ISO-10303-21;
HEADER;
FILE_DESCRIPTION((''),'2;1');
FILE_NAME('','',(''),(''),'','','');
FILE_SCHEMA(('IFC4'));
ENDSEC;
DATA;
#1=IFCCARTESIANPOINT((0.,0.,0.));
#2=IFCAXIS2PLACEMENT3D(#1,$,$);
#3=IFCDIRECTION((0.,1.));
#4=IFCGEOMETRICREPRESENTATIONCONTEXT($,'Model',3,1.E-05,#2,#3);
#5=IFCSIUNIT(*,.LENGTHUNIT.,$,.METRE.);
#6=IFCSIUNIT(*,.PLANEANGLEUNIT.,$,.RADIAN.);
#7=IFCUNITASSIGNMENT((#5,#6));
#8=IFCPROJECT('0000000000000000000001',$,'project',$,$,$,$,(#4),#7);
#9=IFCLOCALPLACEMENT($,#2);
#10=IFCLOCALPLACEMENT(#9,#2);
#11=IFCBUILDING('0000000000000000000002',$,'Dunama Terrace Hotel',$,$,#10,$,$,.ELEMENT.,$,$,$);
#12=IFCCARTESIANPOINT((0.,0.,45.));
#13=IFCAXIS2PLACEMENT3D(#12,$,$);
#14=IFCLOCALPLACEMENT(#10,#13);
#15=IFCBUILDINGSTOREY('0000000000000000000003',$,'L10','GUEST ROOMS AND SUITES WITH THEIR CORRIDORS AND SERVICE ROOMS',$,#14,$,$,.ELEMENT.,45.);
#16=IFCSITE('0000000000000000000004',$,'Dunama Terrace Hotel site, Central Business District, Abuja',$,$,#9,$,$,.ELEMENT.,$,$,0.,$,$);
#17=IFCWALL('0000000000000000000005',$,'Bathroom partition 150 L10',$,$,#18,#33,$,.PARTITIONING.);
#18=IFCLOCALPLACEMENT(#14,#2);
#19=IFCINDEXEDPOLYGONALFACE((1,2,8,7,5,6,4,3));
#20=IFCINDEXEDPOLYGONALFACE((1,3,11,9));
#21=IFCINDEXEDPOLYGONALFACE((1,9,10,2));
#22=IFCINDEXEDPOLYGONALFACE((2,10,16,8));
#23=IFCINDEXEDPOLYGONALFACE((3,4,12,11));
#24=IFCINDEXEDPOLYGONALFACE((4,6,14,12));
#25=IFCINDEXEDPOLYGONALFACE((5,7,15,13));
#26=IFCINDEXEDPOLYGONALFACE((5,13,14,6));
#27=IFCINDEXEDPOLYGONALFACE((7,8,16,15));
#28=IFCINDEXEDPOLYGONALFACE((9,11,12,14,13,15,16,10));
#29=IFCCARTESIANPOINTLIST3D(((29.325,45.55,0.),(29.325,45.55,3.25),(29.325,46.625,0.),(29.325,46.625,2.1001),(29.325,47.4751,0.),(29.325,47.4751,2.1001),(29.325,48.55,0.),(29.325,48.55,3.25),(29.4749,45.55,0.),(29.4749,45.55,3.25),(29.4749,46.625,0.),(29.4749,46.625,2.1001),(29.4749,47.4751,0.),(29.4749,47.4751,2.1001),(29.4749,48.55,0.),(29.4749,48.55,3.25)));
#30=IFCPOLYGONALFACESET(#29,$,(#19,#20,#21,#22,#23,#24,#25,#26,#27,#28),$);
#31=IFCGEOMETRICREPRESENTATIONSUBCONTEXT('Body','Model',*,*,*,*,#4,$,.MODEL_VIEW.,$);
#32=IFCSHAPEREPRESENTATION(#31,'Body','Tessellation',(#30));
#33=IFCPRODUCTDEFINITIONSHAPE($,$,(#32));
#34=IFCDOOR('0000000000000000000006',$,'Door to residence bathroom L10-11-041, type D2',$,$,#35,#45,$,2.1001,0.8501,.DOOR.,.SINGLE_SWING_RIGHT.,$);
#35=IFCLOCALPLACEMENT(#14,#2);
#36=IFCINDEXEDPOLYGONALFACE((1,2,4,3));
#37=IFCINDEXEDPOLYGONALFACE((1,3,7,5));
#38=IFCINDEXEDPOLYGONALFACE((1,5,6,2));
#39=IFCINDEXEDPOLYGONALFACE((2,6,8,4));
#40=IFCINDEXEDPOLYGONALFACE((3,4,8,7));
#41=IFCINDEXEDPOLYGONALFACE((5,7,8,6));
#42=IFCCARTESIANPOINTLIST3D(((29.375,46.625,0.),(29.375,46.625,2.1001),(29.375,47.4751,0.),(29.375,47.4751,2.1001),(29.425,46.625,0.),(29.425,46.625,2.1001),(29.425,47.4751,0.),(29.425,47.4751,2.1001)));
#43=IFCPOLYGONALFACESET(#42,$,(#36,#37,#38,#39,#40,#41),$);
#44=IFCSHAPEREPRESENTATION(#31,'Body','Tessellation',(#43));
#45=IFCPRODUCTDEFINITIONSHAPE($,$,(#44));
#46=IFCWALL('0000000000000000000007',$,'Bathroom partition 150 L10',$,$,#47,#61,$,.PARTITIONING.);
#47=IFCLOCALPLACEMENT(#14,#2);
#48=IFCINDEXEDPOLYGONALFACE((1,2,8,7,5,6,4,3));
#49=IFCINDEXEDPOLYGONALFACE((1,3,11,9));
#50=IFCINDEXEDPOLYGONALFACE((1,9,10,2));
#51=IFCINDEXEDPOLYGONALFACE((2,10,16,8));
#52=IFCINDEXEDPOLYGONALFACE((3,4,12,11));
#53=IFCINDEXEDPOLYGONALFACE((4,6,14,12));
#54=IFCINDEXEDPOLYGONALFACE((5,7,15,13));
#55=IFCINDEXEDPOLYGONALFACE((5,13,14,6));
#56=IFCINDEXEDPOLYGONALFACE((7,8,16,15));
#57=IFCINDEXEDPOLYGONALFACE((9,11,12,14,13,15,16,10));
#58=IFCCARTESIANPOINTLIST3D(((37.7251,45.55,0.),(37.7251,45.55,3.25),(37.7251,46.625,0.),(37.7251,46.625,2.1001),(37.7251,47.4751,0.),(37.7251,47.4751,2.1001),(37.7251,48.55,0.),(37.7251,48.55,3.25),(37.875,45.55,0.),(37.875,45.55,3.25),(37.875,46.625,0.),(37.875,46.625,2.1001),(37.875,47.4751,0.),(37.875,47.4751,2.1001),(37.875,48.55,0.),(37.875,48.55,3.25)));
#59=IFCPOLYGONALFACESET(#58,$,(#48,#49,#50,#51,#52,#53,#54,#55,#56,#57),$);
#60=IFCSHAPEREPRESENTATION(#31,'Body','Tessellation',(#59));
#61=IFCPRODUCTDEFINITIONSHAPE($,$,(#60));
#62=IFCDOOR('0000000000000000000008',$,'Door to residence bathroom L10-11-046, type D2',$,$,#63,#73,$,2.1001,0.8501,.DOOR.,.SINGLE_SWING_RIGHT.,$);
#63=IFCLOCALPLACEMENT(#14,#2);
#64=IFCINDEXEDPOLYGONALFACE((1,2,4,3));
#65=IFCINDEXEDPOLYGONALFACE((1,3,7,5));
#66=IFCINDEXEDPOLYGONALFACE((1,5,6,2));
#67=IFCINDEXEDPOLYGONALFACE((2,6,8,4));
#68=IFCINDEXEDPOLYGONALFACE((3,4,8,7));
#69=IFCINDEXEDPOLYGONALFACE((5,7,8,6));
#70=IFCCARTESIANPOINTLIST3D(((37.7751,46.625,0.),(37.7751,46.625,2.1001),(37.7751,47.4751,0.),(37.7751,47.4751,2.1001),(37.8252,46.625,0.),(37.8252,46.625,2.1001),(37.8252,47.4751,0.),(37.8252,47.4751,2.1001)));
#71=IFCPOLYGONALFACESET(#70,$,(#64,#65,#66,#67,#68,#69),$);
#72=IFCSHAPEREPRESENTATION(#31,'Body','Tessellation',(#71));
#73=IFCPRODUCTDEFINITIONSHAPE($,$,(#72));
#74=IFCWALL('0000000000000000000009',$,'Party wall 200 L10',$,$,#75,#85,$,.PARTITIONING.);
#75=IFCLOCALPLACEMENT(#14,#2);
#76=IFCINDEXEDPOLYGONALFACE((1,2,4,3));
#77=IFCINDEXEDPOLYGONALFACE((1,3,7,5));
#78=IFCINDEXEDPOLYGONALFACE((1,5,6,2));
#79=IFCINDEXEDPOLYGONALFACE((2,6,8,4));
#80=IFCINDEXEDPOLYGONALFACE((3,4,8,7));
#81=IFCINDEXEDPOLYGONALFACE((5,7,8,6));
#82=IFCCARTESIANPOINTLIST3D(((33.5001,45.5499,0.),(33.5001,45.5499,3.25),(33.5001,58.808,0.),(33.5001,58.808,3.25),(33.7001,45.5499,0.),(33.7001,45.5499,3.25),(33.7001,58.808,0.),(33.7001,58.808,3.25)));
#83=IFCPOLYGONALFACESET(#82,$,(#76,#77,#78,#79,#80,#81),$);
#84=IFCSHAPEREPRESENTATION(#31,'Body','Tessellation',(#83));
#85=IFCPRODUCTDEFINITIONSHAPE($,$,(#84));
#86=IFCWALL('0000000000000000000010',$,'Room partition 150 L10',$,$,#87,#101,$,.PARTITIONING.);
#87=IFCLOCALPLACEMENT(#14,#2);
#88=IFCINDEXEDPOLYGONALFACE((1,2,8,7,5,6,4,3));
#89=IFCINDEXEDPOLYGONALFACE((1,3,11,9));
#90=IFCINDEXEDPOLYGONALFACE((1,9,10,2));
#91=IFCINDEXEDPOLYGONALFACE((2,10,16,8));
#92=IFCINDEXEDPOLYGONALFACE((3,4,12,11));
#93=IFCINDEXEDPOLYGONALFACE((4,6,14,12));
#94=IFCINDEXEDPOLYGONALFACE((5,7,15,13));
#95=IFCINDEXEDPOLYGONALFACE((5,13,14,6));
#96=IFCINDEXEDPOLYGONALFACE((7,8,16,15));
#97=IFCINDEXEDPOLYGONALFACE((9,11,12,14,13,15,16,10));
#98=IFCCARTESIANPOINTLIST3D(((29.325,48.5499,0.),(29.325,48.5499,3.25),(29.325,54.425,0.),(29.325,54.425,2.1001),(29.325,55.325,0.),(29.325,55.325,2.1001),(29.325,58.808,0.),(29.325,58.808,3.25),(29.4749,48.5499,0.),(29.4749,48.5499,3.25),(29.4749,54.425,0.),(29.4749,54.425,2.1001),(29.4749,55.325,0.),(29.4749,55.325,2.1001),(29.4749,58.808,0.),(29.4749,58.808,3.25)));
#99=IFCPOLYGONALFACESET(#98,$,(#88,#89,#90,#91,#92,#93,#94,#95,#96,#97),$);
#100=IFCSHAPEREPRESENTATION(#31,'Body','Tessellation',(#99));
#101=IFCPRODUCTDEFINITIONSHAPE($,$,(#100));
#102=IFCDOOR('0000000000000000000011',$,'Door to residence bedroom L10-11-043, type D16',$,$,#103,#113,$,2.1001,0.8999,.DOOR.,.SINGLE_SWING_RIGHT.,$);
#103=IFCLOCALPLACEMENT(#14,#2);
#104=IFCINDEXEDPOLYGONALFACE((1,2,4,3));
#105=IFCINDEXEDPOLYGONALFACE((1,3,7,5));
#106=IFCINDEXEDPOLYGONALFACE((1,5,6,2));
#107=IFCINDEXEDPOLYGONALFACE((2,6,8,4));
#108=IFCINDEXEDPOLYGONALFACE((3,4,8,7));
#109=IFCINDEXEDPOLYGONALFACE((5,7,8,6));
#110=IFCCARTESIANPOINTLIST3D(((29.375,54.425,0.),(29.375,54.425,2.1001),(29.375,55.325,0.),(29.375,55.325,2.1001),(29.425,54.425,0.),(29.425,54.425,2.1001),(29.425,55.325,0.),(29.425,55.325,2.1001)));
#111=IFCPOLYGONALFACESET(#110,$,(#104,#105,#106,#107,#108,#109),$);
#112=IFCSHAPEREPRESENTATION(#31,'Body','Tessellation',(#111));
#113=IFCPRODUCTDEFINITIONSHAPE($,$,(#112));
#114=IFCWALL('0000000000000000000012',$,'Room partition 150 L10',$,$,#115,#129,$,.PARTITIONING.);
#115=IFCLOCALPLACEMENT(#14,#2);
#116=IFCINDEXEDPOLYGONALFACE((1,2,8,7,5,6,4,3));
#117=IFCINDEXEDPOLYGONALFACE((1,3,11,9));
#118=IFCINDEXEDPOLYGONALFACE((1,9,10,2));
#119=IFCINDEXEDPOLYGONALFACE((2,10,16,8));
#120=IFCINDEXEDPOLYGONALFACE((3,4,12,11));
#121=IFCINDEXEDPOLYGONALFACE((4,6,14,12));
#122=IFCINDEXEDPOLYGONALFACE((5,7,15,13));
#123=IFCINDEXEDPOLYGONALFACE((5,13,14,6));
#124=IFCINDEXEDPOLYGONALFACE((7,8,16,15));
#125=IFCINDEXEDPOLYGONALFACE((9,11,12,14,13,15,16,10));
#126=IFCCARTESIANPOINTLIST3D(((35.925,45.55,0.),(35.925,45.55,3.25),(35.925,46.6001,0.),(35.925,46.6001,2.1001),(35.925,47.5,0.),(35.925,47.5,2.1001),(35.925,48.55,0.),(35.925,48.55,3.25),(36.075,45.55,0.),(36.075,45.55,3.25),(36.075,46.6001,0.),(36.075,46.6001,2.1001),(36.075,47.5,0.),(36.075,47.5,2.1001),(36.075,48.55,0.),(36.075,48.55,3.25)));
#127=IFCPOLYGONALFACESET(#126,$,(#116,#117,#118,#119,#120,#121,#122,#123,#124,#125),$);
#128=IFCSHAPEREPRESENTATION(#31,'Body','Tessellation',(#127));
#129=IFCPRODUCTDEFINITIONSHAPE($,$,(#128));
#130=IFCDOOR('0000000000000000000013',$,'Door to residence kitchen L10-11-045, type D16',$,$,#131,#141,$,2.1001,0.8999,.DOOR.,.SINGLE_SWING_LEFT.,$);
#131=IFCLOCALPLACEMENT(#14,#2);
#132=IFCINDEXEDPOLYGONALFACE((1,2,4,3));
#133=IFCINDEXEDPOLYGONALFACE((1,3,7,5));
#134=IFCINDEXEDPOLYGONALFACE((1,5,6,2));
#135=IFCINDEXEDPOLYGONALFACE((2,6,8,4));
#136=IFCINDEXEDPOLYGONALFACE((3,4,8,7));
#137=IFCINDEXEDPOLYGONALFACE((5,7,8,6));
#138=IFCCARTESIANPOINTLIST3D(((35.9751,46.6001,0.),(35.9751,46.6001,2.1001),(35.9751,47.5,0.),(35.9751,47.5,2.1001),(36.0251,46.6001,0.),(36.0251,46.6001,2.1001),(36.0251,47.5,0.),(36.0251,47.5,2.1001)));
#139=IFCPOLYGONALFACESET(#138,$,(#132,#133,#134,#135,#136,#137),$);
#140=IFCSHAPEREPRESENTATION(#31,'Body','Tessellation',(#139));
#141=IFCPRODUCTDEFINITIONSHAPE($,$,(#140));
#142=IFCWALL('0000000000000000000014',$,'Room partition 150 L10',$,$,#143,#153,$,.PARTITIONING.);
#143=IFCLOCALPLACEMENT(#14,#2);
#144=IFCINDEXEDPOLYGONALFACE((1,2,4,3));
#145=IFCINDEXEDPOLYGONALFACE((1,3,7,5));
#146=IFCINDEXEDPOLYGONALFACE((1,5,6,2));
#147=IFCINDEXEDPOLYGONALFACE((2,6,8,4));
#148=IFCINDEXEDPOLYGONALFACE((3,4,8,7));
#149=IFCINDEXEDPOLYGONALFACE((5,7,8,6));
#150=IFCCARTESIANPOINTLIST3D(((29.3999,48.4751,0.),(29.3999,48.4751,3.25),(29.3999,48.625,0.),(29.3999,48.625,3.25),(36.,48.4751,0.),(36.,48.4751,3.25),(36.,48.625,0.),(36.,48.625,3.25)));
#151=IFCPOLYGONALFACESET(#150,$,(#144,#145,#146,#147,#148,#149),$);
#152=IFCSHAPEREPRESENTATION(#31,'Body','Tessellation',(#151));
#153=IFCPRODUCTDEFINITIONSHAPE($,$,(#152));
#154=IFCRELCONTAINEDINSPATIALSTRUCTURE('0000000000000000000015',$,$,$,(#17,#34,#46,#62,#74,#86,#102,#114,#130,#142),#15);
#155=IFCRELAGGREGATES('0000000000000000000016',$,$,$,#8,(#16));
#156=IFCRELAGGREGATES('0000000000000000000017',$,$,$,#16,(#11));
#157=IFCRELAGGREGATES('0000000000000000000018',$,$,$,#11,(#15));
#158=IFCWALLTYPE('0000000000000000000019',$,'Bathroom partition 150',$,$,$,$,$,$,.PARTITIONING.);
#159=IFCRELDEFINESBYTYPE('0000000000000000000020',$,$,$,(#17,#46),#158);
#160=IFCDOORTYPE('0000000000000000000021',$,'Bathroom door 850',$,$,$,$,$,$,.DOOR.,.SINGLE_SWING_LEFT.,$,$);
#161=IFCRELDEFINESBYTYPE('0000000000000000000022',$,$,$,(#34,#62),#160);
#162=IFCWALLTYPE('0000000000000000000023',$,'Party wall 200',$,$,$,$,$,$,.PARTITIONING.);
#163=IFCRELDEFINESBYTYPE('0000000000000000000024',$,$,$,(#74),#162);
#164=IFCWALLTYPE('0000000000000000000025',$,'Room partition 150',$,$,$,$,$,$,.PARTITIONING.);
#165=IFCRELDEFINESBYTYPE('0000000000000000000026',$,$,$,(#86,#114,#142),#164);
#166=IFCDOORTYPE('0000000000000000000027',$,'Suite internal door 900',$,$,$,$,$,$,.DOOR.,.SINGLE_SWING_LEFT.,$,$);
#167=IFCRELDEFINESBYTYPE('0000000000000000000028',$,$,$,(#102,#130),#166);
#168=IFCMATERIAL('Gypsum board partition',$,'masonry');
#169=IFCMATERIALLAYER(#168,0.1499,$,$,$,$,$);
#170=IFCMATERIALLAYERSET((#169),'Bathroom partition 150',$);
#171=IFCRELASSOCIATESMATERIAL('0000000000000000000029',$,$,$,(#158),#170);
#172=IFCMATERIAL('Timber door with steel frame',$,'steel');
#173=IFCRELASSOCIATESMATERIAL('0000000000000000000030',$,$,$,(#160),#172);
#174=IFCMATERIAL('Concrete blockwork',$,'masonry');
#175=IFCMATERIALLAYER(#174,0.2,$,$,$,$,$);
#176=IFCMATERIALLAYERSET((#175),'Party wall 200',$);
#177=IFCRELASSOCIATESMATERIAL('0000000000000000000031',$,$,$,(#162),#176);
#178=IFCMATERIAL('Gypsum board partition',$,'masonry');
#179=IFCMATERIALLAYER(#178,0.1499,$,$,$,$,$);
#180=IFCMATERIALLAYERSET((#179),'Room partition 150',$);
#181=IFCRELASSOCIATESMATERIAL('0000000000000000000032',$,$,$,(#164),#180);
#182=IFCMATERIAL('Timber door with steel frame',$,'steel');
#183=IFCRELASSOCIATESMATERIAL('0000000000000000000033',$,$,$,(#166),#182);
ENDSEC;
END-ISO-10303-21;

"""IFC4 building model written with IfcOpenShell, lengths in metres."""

from ifc_helpers import new_model, si_unit, direction, frame, frame_2d, origin, place, context, subcontext, project, spatial, rectangle, extrude, material, layer, layer_set, type_object, element, fill, save


model = new_model("IFC4")

# Units and contexts
model_context = context("Model", 3, precision=1e-05, world=origin(), true_north=direction((0.0, 1.0)))
body_context = subcontext(model_context, "Body", "Model", "MODEL_VIEW")
ifc_project = project(units=[si_unit("LENGTHUNIT", "METRE"), si_unit("PLANEANGLEUNIT", "RADIAN")], contexts=[model_context])

# Site, building, storey
site_placement = place(None, origin())
site = spatial("IfcSite", under=ifc_project, at=site_placement, Name="Dunama Terrace Hotel site, Central Business District, Abuja", CompositionType="ELEMENT", RefElevation=0.0)
building_placement = place(site_placement, origin())
building = spatial("IfcBuilding", under=site, at=building_placement, Name="Dunama Terrace Hotel", CompositionType="ELEMENT")
storey_placement = place(building_placement, frame((0.0, 0.0, 45.0)))
storey = spatial("IfcBuildingStorey", under=building, at=storey_placement, Name="L10", Description="GUEST ROOMS AND SUITES WITH THEIR CORRIDORS AND SERVICE ROOMS", CompositionType="ELEMENT", Elevation=45.0)

# Walls, openings, doors
ifc_material_1 = material(Name="Gypsum board partition", Category="masonry")
ifc_layer_1 = layer(ifc_material_1, 0.1499)
ifc_layer_set_1 = layer_set([ifc_layer_1], Name="Bathroom partition 150")
wall_type_1 = type_object("IfcWallType", Name="Bathroom partition 150", PredefinedType="PARTITIONING", material=ifc_layer_set_1)
wall_1_placement = place(storey_placement, frame((29.3999, 45.55, 0.0), z_axis=(0.0, 0.0, 1.0), x_axis=(0.0, 1.0, 0.0)))
wall_1 = element("IfcWall", 1, at=wall_1_placement, inside=storey, type_object=wall_type_1, Name="Bathroom partition 150 L10", PredefinedType="PARTITIONING", context=body_context, shape_type="SweptSolid", body=[
    extrude(rectangle(XDim=3.0, YDim=0.1499, at=frame_2d((1.5, 0.0))), origin(), (0.0, 0.0, 1.0), 3.25),
])
opening_1_placement = place(wall_1_placement, frame((1.075, 0.0, 0.0)))
opening_1 = element("IfcOpeningElement", 2, at=opening_1_placement, cuts=wall_1, PredefinedType="OPENING", context=body_context, shape_type="SweptSolid", body=[
    extrude(rectangle(XDim=0.8501, YDim=2.1001, at=frame_2d((0.425, 1.05))), frame((0.0, 0.085, 0.0), z_axis=(0.0, -1.0, 0.0), x_axis=(1.0, 0.0, 0.0)), (0.0, 0.0, 1.0), 0.1699),
])
ifc_material_2 = material(Name="Timber door with steel frame", Category="steel")
door_type_1 = type_object("IfcDoorType", Name="Bathroom door 850", OperationType="SINGLE_SWING_LEFT", PredefinedType="DOOR", material=ifc_material_2)
door_1_placement = place(opening_1_placement, frame((0.8501, 0.0, 0.0), z_axis=(0.0, 0.0, 1.0), x_axis=(-1.0, 0.0, 0.0)))
door_1 = element("IfcDoor", 3, at=door_1_placement, inside=storey, type_object=door_type_1, Name="Door to residence bathroom L10-11-041, type D2", OperationType="SINGLE_SWING_RIGHT", OverallHeight=2.1001, OverallWidth=0.8501, PredefinedType="DOOR", context=body_context, shape_type="SweptSolid", body=[
    extrude(rectangle(XDim=0.8501, YDim=2.1001, at=frame_2d((0.425, 1.05))), frame((0.0, 0.0251, 0.0), z_axis=(0.0, -1.0, 0.0), x_axis=(1.0, 0.0, 0.0)), (0.0, 0.0, 1.0), 0.05),
])
fill(opening_1, door_1)
wall_2_placement = place(storey_placement, frame((37.8, 45.55, 0.0), z_axis=(0.0, 0.0, 1.0), x_axis=(0.0, 1.0, 0.0)))
wall_2 = element("IfcWall", 4, at=wall_2_placement, inside=storey, type_object=wall_type_1, Name="Bathroom partition 150 L10", PredefinedType="PARTITIONING", context=body_context, shape_type="SweptSolid", body=[
    extrude(rectangle(XDim=3.0, YDim=0.1499, at=frame_2d((1.5, 0.0))), origin(), (0.0, 0.0, 1.0), 3.25),
])
opening_2_placement = place(wall_2_placement, frame((1.075, 0.0, 0.0)))
opening_2 = element("IfcOpeningElement", 5, at=opening_2_placement, cuts=wall_2, PredefinedType="OPENING", context=body_context, shape_type="SweptSolid", body=[
    extrude(rectangle(XDim=0.8501, YDim=2.1001, at=frame_2d((0.425, 1.05))), frame((0.0, 0.085, 0.0), z_axis=(0.0, -1.0, 0.0), x_axis=(1.0, 0.0, 0.0)), (0.0, 0.0, 1.0), 0.1699),
])
door_2_placement = place(opening_2_placement, frame((0.8501, 0.0, 0.0), z_axis=(0.0, 0.0, 1.0), x_axis=(-1.0, 0.0, 0.0)))
door_2 = element("IfcDoor", 6, at=door_2_placement, inside=storey, type_object=door_type_1, Name="Door to residence bathroom L10-11-046, type D2", OperationType="SINGLE_SWING_RIGHT", OverallHeight=2.1001, OverallWidth=0.8501, PredefinedType="DOOR", context=body_context, shape_type="SweptSolid", body=[
    extrude(rectangle(XDim=0.8501, YDim=2.1001, at=frame_2d((0.425, 1.05))), frame((0.0, 0.0251, 0.0), z_axis=(0.0, -1.0, 0.0), x_axis=(1.0, 0.0, 0.0)), (0.0, 0.0, 1.0), 0.05),
])
fill(opening_2, door_2)

# Wall
ifc_material_3 = material(Name="Concrete blockwork", Category="masonry")
ifc_layer_2 = layer(ifc_material_3, 0.2)
ifc_layer_set_2 = layer_set([ifc_layer_2], Name="Party wall 200")
wall_type_2 = type_object("IfcWallType", Name="Party wall 200", PredefinedType="PARTITIONING", material=ifc_layer_set_2)
wall_3_placement = place(storey_placement, frame((33.6001, 45.55, 0.0), z_axis=(0.0, 0.0, 1.0), x_axis=(0.0, 1.0, 0.0)))
element("IfcWall", 7, at=wall_3_placement, inside=storey, type_object=wall_type_2, Name="Party wall 200 L10", PredefinedType="PARTITIONING", context=body_context, shape_type="SweptSolid", body=[
    extrude(rectangle(XDim=13.2581, YDim=0.2, at=frame_2d((6.6289, 0.0))), origin(), (0.0, 0.0, 1.0), 3.25),
])

# Walls, openings, doors
ifc_material_4 = material(Name="Gypsum board partition", Category="masonry")
ifc_layer_3 = layer(ifc_material_4, 0.1499)
ifc_layer_set_3 = layer_set([ifc_layer_3], Name="Room partition 150")
wall_type_3 = type_object("IfcWallType", Name="Room partition 150", PredefinedType="PARTITIONING", material=ifc_layer_set_3)
wall_4_placement = place(storey_placement, frame((29.3999, 48.55, 0.0), z_axis=(0.0, 0.0, 1.0), x_axis=(0.0, 1.0, 0.0)))
wall_4 = element("IfcWall", 8, at=wall_4_placement, inside=storey, type_object=wall_type_3, Name="Room partition 150 L10", PredefinedType="PARTITIONING", context=body_context, shape_type="SweptSolid", body=[
    extrude(rectangle(XDim=10.2581, YDim=0.1499, at=frame_2d((5.1289, 0.0))), origin(), (0.0, 0.0, 1.0), 3.25),
])
opening_3_placement = place(wall_4_placement, frame((5.875, 0.0, 0.0)))
opening_3 = element("IfcOpeningElement", 9, at=opening_3_placement, cuts=wall_4, PredefinedType="OPENING", context=body_context, shape_type="SweptSolid", body=[
    extrude(rectangle(XDim=0.8999, YDim=2.1001, at=frame_2d((0.45, 1.05))), frame((0.0, 0.085, 0.0), z_axis=(0.0, -1.0, 0.0), x_axis=(1.0, 0.0, 0.0)), (0.0, 0.0, 1.0), 0.1699),
])
ifc_material_5 = material(Name="Timber door with steel frame", Category="steel")
door_type_2 = type_object("IfcDoorType", Name="Suite internal door 900", OperationType="SINGLE_SWING_LEFT", PredefinedType="DOOR", material=ifc_material_5)
door_3_placement = place(opening_3_placement, frame((0.8999, 0.0, 0.0), z_axis=(0.0, 0.0, 1.0), x_axis=(-1.0, 0.0, 0.0)))
door_3 = element("IfcDoor", 10, at=door_3_placement, inside=storey, type_object=door_type_2, Name="Door to residence bedroom L10-11-043, type D16", OperationType="SINGLE_SWING_RIGHT", OverallHeight=2.1001, OverallWidth=0.8999, PredefinedType="DOOR", context=body_context, shape_type="SweptSolid", body=[
    extrude(rectangle(XDim=0.8999, YDim=2.1001, at=frame_2d((0.45, 1.05))), frame((0.0, 0.0251, 0.0), z_axis=(0.0, -1.0, 0.0), x_axis=(1.0, 0.0, 0.0)), (0.0, 0.0, 1.0), 0.05),
])
fill(opening_3, door_3)
wall_5_placement = place(storey_placement, frame((36.0, 45.55, 0.0), z_axis=(0.0, 0.0, 1.0), x_axis=(0.0, 1.0, 0.0)))
wall_5 = element("IfcWall", 11, at=wall_5_placement, inside=storey, type_object=wall_type_3, Name="Room partition 150 L10", PredefinedType="PARTITIONING", context=body_context, shape_type="SweptSolid", body=[
    extrude(rectangle(XDim=3.0, YDim=0.1499, at=frame_2d((1.5, 0.0))), origin(), (0.0, 0.0, 1.0), 3.25),
])
opening_4_placement = place(wall_5_placement, frame((1.05, 0.0, 0.0)))
opening_4 = element("IfcOpeningElement", 12, at=opening_4_placement, cuts=wall_5, PredefinedType="OPENING", context=body_context, shape_type="SweptSolid", body=[
    extrude(rectangle(XDim=0.8999, YDim=2.1001, at=frame_2d((0.45, 1.05))), frame((0.0, 0.085, 0.0), z_axis=(0.0, -1.0, 0.0), x_axis=(1.0, 0.0, 0.0)), (0.0, 0.0, 1.0), 0.1699),
])
door_4_placement = place(opening_4_placement, origin())
door_4 = element("IfcDoor", 13, at=door_4_placement, inside=storey, type_object=door_type_2, Name="Door to residence kitchen L10-11-045, type D16", OperationType="SINGLE_SWING_LEFT", OverallHeight=2.1001, OverallWidth=0.8999, PredefinedType="DOOR", context=body_context, shape_type="SweptSolid", body=[
    extrude(rectangle(XDim=0.8999, YDim=2.1001, at=frame_2d((0.45, 1.05))), frame((0.0, 0.0249, 0.0), z_axis=(0.0, -1.0, 0.0), x_axis=(1.0, 0.0, 0.0)), (0.0, 0.0, 1.0), 0.05),
])
fill(opening_4, door_4)

# Wall
wall_6_placement = place(storey_placement, frame((29.3999, 48.55, 0.0), z_axis=(0.0, 0.0, 1.0), x_axis=(1.0, 0.0, 0.0)))
element("IfcWall", 14, at=wall_6_placement, inside=storey, type_object=wall_type_3, Name="Room partition 150 L10", PredefinedType="PARTITIONING", context=body_context, shape_type="SweptSolid", body=[
    extrude(rectangle(XDim=6.6001, YDim=0.1499, at=frame_2d((3.3, 0.0))), origin(), (0.0, 0.0, 1.0), 3.25),
])

save(model, "model.ifc")
